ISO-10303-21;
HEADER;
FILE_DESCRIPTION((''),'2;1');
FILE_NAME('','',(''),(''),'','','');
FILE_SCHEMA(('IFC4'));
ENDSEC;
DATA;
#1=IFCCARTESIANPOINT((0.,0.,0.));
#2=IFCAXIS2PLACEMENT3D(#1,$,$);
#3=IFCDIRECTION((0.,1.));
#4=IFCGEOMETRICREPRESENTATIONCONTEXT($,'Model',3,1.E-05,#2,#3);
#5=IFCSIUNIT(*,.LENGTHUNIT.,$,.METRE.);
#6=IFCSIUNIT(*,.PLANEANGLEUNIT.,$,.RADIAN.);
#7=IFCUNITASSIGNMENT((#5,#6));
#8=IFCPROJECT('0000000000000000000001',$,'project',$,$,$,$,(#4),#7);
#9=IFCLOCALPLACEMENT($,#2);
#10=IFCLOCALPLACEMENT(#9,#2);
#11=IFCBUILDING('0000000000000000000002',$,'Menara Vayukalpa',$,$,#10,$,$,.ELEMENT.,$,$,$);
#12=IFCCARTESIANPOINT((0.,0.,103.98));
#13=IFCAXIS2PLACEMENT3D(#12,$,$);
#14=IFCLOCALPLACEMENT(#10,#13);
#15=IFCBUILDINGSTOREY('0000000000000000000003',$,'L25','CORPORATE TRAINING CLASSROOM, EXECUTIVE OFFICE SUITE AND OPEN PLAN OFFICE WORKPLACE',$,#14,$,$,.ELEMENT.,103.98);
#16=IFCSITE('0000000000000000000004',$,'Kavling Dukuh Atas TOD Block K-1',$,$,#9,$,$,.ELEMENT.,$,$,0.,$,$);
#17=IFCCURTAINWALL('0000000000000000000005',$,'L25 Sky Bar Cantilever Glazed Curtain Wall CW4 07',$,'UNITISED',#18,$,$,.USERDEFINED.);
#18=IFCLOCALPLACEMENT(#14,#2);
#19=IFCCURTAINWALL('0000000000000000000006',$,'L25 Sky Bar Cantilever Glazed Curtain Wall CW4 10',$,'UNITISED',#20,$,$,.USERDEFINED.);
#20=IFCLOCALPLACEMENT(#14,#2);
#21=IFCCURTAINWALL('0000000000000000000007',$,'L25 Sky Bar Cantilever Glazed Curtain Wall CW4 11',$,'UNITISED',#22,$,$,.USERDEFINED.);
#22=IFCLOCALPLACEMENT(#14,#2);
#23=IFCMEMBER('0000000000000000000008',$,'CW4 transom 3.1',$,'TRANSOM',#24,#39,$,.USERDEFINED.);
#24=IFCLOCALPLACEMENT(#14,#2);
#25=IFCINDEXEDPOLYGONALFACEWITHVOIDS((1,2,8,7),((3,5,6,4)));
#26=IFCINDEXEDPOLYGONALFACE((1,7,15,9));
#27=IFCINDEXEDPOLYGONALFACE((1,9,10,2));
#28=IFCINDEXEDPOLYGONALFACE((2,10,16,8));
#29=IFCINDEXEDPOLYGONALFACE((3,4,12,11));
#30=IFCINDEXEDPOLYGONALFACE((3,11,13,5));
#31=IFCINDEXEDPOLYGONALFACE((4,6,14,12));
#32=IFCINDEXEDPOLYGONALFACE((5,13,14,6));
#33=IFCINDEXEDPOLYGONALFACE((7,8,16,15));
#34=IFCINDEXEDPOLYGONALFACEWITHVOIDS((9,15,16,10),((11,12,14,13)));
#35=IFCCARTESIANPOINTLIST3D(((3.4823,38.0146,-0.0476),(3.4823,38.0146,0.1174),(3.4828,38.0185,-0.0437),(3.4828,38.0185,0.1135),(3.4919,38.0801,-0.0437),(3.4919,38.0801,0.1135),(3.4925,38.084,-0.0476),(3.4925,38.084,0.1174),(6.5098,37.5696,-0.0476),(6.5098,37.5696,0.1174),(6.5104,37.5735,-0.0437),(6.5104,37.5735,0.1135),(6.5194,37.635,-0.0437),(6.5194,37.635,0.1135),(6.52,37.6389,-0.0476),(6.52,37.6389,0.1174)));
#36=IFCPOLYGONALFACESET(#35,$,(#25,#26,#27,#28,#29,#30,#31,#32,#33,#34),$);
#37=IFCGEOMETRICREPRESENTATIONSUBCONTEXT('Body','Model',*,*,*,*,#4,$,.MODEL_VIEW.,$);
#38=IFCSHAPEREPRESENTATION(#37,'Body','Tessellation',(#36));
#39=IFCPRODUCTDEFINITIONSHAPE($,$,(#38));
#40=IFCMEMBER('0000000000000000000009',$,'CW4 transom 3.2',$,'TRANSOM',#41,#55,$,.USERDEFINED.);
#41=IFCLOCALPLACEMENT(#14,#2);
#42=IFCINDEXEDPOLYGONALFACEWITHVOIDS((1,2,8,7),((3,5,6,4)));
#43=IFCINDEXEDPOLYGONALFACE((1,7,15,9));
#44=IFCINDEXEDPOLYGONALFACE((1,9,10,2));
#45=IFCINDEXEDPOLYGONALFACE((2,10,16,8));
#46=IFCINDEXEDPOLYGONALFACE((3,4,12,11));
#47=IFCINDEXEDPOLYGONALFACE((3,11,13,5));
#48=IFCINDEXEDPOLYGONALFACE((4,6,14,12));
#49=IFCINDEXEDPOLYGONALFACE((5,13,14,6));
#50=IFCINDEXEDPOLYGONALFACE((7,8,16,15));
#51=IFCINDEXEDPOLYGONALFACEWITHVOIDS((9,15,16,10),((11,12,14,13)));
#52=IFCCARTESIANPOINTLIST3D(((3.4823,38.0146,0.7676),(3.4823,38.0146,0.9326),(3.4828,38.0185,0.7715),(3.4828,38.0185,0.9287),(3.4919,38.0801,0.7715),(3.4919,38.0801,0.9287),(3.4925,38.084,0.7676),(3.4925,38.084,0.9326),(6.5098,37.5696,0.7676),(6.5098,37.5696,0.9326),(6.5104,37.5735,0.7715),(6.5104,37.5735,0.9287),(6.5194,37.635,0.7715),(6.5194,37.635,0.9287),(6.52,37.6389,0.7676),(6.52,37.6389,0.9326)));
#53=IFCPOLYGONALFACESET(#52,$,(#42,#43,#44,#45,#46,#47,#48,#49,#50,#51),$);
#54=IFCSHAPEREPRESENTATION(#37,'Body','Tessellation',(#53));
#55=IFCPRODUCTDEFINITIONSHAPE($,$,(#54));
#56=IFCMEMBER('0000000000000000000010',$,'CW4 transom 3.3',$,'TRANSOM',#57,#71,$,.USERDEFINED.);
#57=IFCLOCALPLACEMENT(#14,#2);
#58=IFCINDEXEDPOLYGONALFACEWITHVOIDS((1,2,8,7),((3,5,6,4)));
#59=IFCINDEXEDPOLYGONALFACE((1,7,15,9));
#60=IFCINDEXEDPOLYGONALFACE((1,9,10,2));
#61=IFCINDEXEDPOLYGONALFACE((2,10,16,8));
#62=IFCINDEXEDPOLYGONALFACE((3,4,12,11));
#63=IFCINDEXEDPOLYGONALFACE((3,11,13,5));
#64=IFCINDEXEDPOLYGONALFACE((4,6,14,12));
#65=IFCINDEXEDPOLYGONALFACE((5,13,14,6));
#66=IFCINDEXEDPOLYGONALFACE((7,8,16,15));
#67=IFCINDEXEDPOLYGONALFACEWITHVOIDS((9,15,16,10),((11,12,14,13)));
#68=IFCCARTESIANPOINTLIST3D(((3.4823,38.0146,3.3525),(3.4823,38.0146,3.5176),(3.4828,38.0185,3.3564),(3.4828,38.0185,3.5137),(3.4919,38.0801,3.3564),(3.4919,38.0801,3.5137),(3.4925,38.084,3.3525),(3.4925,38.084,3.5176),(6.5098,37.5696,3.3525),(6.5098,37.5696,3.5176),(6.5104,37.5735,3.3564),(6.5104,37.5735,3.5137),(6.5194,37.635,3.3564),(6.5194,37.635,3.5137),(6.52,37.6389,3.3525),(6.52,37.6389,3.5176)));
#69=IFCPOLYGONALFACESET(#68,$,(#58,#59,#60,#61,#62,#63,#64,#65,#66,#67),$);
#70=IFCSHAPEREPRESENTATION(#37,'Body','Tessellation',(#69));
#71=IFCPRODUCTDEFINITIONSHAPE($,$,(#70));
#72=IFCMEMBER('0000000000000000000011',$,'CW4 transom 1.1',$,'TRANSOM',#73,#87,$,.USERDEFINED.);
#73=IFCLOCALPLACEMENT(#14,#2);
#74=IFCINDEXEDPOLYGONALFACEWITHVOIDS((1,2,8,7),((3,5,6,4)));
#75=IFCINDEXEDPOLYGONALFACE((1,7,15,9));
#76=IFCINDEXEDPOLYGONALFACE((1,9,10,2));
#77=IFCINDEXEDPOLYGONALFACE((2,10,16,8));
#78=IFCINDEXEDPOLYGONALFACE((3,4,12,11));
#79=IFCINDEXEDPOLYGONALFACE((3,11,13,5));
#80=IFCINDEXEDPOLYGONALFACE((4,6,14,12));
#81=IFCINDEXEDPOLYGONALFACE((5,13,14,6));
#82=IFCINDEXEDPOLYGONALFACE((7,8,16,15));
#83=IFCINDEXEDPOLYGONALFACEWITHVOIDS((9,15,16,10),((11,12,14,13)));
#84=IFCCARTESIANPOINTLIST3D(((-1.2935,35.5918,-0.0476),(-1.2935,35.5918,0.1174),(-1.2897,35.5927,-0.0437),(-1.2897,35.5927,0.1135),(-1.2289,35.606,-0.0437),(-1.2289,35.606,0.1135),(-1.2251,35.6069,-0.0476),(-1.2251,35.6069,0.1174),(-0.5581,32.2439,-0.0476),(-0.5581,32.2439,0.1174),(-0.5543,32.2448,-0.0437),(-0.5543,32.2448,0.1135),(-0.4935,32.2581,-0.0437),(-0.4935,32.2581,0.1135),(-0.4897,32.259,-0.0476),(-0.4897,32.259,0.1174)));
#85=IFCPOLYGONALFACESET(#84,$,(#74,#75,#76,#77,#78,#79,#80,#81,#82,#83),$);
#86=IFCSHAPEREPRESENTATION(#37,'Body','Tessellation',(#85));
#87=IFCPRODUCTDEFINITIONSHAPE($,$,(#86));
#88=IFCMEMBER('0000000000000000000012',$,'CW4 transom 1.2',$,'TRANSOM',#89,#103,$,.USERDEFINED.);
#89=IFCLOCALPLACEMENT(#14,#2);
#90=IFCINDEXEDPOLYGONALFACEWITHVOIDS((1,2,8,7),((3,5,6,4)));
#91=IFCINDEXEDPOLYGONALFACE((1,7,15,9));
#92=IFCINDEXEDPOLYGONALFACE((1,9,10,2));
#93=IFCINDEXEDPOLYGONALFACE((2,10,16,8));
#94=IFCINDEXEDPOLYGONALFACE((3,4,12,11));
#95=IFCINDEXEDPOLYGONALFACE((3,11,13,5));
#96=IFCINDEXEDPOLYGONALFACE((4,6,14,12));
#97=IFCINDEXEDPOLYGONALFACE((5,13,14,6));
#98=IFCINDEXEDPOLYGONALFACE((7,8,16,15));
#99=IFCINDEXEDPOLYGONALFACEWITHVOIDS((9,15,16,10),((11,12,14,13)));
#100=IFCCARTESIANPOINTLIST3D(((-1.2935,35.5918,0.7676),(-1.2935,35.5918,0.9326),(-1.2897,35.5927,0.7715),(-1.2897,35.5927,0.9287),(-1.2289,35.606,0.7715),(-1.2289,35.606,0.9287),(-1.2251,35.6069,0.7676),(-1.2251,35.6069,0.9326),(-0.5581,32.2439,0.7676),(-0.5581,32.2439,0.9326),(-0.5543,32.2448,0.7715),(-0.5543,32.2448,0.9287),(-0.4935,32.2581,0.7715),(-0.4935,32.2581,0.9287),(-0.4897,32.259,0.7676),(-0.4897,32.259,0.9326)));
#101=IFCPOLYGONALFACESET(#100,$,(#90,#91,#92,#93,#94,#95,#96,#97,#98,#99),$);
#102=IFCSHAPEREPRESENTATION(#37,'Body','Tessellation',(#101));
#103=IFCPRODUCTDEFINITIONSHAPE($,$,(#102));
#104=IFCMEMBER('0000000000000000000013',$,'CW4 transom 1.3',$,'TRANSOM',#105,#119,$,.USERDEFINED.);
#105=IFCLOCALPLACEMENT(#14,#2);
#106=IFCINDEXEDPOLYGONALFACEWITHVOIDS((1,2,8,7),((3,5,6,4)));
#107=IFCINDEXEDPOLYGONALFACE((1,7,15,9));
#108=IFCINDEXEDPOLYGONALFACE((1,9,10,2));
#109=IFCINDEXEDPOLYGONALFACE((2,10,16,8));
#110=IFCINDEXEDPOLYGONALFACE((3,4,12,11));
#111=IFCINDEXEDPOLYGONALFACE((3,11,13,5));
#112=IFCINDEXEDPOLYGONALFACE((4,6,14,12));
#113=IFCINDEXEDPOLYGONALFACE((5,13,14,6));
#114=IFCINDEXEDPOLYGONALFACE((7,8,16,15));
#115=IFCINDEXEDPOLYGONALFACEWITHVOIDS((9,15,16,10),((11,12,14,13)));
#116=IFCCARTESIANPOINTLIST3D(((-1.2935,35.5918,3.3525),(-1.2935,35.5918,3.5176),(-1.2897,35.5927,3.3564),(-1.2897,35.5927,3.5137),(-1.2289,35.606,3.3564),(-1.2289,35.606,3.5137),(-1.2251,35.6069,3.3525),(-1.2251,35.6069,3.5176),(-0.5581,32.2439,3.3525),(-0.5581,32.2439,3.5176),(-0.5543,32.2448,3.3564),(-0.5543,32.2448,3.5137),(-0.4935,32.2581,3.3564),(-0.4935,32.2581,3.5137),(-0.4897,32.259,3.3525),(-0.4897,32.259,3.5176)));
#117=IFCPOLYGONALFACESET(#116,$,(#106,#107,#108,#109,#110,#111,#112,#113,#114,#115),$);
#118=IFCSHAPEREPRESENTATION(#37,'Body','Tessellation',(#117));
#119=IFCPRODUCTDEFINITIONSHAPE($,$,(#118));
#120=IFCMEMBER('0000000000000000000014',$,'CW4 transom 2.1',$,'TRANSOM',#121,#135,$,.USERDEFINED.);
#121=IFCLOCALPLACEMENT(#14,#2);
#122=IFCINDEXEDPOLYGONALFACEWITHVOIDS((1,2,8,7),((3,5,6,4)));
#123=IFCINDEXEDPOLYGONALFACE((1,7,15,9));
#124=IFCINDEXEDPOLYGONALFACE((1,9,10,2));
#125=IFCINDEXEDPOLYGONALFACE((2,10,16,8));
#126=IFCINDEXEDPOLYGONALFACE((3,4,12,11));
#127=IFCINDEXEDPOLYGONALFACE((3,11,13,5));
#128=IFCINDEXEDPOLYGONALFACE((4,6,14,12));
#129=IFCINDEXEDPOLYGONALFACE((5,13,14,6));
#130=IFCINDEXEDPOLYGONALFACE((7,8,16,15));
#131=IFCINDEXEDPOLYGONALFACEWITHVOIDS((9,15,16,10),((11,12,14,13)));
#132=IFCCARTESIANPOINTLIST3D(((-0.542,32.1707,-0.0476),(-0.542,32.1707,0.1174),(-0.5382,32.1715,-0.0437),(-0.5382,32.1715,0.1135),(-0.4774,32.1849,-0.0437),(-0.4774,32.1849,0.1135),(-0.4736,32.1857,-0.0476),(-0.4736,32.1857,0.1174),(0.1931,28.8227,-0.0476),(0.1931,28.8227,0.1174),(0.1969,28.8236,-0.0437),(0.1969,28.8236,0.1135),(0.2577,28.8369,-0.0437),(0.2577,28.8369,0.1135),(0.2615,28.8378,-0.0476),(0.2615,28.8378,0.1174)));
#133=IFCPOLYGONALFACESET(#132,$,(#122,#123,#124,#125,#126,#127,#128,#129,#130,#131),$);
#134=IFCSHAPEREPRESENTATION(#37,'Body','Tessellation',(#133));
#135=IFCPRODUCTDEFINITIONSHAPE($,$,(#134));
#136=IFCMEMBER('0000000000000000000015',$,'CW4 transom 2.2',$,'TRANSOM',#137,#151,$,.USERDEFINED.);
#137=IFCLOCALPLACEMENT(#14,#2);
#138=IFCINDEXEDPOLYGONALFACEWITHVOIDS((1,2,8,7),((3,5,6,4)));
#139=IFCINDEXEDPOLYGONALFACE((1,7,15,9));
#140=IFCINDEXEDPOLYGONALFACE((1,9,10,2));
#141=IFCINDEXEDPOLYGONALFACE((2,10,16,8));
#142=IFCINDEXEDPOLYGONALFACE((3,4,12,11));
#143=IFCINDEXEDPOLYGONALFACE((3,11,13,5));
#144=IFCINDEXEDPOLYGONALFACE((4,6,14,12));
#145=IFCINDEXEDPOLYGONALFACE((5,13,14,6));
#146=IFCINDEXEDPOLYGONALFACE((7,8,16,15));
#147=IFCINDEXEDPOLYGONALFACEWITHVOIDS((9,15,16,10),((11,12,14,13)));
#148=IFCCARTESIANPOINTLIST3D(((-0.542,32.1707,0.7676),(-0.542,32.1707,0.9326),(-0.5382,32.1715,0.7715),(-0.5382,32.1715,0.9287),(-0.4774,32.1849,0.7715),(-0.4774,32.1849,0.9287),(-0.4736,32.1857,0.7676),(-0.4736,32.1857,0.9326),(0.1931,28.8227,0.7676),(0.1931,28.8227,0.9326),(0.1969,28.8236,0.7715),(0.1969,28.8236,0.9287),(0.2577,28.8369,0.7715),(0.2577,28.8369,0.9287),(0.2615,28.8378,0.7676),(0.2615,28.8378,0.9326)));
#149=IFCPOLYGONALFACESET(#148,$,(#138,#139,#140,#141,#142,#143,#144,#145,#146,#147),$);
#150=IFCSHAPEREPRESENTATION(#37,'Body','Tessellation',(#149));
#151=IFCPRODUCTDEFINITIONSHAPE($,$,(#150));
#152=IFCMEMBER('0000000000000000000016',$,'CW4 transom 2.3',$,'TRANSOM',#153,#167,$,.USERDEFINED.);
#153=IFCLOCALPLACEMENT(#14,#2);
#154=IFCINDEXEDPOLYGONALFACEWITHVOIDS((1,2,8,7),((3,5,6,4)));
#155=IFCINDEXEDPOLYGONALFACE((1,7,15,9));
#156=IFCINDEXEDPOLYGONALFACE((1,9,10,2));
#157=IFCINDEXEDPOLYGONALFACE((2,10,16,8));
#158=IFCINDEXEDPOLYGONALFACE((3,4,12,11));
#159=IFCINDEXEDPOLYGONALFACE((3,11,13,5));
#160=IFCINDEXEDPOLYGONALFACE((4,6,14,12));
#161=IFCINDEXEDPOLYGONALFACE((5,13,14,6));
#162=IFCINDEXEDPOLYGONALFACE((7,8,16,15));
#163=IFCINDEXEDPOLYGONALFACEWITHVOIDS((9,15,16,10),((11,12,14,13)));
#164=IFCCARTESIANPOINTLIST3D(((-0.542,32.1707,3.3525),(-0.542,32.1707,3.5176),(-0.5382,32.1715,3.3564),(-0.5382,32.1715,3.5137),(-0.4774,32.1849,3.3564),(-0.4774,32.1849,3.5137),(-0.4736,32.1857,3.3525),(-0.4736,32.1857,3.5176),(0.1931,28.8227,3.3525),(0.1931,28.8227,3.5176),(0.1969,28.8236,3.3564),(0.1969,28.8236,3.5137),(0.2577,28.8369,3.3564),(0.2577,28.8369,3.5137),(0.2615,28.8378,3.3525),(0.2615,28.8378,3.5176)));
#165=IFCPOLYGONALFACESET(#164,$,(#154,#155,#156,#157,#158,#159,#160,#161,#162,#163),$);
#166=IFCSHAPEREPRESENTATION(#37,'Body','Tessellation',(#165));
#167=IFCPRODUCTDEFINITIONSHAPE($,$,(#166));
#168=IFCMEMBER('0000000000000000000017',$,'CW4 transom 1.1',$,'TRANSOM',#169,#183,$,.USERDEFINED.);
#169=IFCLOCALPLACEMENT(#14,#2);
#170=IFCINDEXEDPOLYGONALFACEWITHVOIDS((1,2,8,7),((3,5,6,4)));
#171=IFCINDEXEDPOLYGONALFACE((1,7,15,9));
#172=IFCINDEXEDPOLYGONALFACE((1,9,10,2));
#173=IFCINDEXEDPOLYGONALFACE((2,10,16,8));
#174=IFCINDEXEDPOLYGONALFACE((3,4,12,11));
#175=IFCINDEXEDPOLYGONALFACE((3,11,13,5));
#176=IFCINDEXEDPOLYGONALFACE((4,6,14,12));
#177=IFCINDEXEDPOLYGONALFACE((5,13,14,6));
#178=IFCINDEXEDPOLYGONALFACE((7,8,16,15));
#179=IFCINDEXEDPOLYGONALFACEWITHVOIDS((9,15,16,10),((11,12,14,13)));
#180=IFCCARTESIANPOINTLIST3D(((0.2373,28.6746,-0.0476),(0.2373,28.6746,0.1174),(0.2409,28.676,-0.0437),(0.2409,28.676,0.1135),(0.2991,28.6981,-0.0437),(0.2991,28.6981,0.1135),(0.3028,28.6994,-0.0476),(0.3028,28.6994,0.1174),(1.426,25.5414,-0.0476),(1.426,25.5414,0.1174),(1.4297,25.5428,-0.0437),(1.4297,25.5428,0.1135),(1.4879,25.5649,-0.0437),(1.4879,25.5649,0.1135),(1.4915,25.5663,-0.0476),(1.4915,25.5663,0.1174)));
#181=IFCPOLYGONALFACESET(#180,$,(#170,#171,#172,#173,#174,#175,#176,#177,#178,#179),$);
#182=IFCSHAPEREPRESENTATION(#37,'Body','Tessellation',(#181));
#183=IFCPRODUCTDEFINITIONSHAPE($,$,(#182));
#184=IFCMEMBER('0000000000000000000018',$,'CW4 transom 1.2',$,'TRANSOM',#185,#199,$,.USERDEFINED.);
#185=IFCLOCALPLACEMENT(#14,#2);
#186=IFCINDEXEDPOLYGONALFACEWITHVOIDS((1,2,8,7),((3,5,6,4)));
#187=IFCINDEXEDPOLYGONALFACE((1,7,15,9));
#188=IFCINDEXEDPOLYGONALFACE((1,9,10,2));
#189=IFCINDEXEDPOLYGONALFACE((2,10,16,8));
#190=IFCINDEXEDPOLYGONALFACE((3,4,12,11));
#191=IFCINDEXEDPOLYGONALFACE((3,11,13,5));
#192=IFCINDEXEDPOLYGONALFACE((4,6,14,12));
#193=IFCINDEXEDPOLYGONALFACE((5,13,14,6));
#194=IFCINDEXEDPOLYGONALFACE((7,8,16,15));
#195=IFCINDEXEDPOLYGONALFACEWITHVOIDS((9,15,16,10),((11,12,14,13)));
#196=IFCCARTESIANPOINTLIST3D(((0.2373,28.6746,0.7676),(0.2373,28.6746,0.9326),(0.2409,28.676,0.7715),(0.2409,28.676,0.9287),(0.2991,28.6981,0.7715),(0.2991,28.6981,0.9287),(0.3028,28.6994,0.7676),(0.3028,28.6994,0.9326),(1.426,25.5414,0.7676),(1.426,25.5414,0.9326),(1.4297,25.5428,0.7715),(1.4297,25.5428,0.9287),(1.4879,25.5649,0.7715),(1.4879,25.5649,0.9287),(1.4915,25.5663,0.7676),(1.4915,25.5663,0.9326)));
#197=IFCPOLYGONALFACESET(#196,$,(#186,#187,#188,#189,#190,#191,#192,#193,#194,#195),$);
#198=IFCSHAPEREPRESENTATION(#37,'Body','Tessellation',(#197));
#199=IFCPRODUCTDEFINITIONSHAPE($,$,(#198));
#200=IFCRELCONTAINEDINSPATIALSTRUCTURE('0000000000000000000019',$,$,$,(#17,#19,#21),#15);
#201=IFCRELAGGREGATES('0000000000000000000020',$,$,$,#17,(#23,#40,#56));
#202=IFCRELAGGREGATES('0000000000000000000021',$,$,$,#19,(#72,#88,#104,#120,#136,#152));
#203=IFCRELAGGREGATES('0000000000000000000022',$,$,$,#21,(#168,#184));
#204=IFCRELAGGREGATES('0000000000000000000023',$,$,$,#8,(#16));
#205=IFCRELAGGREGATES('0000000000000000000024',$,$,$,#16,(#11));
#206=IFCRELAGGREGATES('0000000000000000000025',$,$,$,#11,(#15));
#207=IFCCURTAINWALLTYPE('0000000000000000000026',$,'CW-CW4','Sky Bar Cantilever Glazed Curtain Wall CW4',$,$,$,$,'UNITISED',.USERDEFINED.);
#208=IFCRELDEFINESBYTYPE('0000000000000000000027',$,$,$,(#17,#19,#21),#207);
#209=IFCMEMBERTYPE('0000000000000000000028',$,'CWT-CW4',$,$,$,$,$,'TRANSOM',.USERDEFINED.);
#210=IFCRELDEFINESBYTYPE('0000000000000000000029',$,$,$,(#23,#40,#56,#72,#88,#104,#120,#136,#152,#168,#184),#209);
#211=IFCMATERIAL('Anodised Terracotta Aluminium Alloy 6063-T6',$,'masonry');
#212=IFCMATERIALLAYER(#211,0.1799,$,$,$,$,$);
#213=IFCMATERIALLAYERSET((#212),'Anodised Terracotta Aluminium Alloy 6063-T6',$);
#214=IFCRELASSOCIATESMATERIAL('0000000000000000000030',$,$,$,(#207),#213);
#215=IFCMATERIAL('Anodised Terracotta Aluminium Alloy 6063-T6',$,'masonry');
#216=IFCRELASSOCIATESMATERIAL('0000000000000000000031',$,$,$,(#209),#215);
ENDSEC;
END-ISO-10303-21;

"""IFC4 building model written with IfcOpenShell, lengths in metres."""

from ifc_helpers import new_model, si_unit, direction, frame, origin, origin_2d, place, context, subcontext, project, spatial, hollow_rectangle, extrude, material, layer, layer_set, material_profile, profile_set, type_object, element, aggregate, save


model = new_model("IFC4")

# Units and contexts
model_context = context("Model", 3, precision=1e-05, world=origin(), true_north=direction((0.0, 1.0)))
body_context = subcontext(model_context, "Body", "Model", "MODEL_VIEW")
ifc_project = project(units=[si_unit("LENGTHUNIT", "METRE"), si_unit("PLANEANGLEUNIT", "RADIAN")], contexts=[model_context])

# Site, building, storey
site_placement = place(None, origin())
site = spatial("IfcSite", under=ifc_project, at=site_placement, Name="Kavling Dukuh Atas TOD Block K-1", CompositionType="ELEMENT", RefElevation=0.0)
building_placement = place(site_placement, origin())
building = spatial("IfcBuilding", under=site, at=building_placement, Name="Menara Vayukalpa", CompositionType="ELEMENT")
storey_placement = place(building_placement, frame((0.0, 0.0, 103.98)))
storey = spatial("IfcBuildingStorey", under=building, at=storey_placement, Name="L25", Description="CORPORATE TRAINING CLASSROOM, EXECUTIVE OFFICE SUITE AND OPEN PLAN OFFICE WORKPLACE", CompositionType="ELEMENT", Elevation=103.98)

# Curtain walls
ifc_material_1 = material(Name="Anodised Terracotta Aluminium Alloy 6063-T6", Category="masonry")
ifc_layer_1 = layer(ifc_material_1, 0.1799)
ifc_layer_set_1 = layer_set([ifc_layer_1], Name="Anodised Terracotta Aluminium Alloy 6063-T6")
curtain_wall_type = type_object("IfcCurtainWallType", Name="CW-CW4", Description="Sky Bar Cantilever Glazed Curtain Wall CW4", ElementType="UNITISED", PredefinedType="USERDEFINED", material=ifc_layer_set_1)
curtain_wall_1_placement = place(storey_placement, origin())
curtain_wall_1 = element("IfcCurtainWall", 1, at=curtain_wall_1_placement, inside=storey, type_object=curtain_wall_type, Name="L25 Sky Bar Cantilever Glazed Curtain Wall CW4 07", ObjectType="UNITISED", PredefinedType="USERDEFINED")
curtain_wall_2_placement = place(storey_placement, origin())
curtain_wall_2 = element("IfcCurtainWall", 2, at=curtain_wall_2_placement, inside=storey, type_object=curtain_wall_type, Name="L25 Sky Bar Cantilever Glazed Curtain Wall CW4 10", ObjectType="UNITISED", PredefinedType="USERDEFINED")
curtain_wall_3_placement = place(storey_placement, origin())
curtain_wall_3 = element("IfcCurtainWall", 3, at=curtain_wall_3_placement, inside=storey, type_object=curtain_wall_type, Name="L25 Sky Bar Cantilever Glazed Curtain Wall CW4 11", ObjectType="UNITISED", PredefinedType="USERDEFINED")

# Members
ifc_material_2 = material(Name="Anodised Terracotta Aluminium Alloy 6063-T6", Category="masonry")
ifc_material_profile_1 = material_profile(ifc_material_2, hollow_rectangle(XDim=0.0701, YDim=0.165, WallThickness=0.0039, at=origin_2d()), Name="ALU 70x165x4")
ifc_profile_set_1 = profile_set([ifc_material_profile_1], Name="Anodised Terracotta Aluminium Alloy 6063-T6")
member_type_1 = type_object("IfcMemberType", Name="CWT-CW4", ElementType="TRANSOM", PredefinedType="USERDEFINED", material=ifc_profile_set_1)
member_1_placement = place(storey_placement, frame((6.5149, 37.6042, 0.0349), z_axis=(-0.989367, 0.145441, 0.0), x_axis=(-0.145441, -0.989367, 0.0)))
member_1 = element("IfcMember", 4, at=member_1_placement, type_object=member_type_1, Name="CW4 transom 3.1", ObjectType="TRANSOM", PredefinedType="USERDEFINED", context=body_context, shape_type="SweptSolid", body=[
    extrude(hollow_rectangle(XDim=0.0701, YDim=0.165, WallThickness=0.0039, at=origin_2d()), origin(), (0.0, 0.0, 1.0), 3.0601),
])
member_2_placement = place(storey_placement, frame((6.5149, 37.6042, 0.8501), z_axis=(-0.989367, 0.145441, 0.0), x_axis=(-0.145441, -0.989367, 0.0)))
member_2 = element("IfcMember", 5, at=member_2_placement, type_object=member_type_1, Name="CW4 transom 3.2", ObjectType="TRANSOM", PredefinedType="USERDEFINED", context=body_context, shape_type="SweptSolid", body=[
    extrude(hollow_rectangle(XDim=0.0701, YDim=0.165, WallThickness=0.0039, at=origin_2d()), origin(), (0.0, 0.0, 1.0), 3.0601),
])
member_3_placement = place(storey_placement, frame((6.5149, 37.6042, 3.4351), z_axis=(-0.989367, 0.145441, 0.0), x_axis=(-0.145441, -0.989367, 0.0)))
member_3 = element("IfcMember", 6, at=member_3_placement, type_object=member_type_1, Name="CW4 transom 3.3", ObjectType="TRANSOM", PredefinedType="USERDEFINED", context=body_context, shape_type="SweptSolid", body=[
    extrude(hollow_rectangle(XDim=0.0701, YDim=0.165, WallThickness=0.0039, at=origin_2d()), origin(), (0.0, 0.0, 1.0), 3.0601),
])
member_4_placement = place(storey_placement, frame((-1.2593, 35.5994, 0.0349), z_axis=(0.214532, -0.976717, 0.0), x_axis=(0.976717, 0.214532, 0.0)))
member_4 = element("IfcMember", 7, at=member_4_placement, type_object=member_type_1, Name="CW4 transom 1.1", ObjectType="TRANSOM", PredefinedType="USERDEFINED", context=body_context, shape_type="SweptSolid", body=[
    extrude(hollow_rectangle(XDim=0.0701, YDim=0.165, WallThickness=0.0039, at=origin_2d()), origin(), (0.0, 0.0, 1.0), 3.4277),
])
member_5_placement = place(storey_placement, frame((-1.2593, 35.5994, 0.8501), z_axis=(0.214532, -0.976717, 0.0), x_axis=(0.976717, 0.214532, 0.0)))
member_5 = element("IfcMember", 8, at=member_5_placement, type_object=member_type_1, Name="CW4 transom 1.2", ObjectType="TRANSOM", PredefinedType="USERDEFINED", context=body_context, shape_type="SweptSolid", body=[
    extrude(hollow_rectangle(XDim=0.0701, YDim=0.165, WallThickness=0.0039, at=origin_2d()), origin(), (0.0, 0.0, 1.0), 3.4277),
])
member_6_placement = place(storey_placement, frame((-1.2593, 35.5994, 3.4351), z_axis=(0.214532, -0.976717, 0.0), x_axis=(0.976717, 0.214532, 0.0)))
member_6 = element("IfcMember", 9, at=member_6_placement, type_object=member_type_1, Name="CW4 transom 1.3", ObjectType="TRANSOM", PredefinedType="USERDEFINED", context=body_context, shape_type="SweptSolid", body=[
    extrude(hollow_rectangle(XDim=0.0701, YDim=0.165, WallThickness=0.0039, at=origin_2d()), origin(), (0.0, 0.0, 1.0), 3.4277),
])
member_7_placement = place(storey_placement, frame((-0.5078, 32.1782, 0.0349), z_axis=(0.214464, -0.976732, 0.0), x_axis=(0.976732, 0.214464, 0.0)))
member_7 = element("IfcMember", 10, at=member_7_placement, type_object=member_type_1, Name="CW4 transom 2.1", ObjectType="TRANSOM", PredefinedType="USERDEFINED", context=body_context, shape_type="SweptSolid", body=[
    extrude(hollow_rectangle(XDim=0.0701, YDim=0.165, WallThickness=0.0039, at=origin_2d()), origin(), (0.0, 0.0, 1.0), 3.4277),
])
member_8_placement = place(storey_placement, frame((-0.5078, 32.1782, 0.8501), z_axis=(0.214464, -0.976732, 0.0), x_axis=(0.976732, 0.214464, 0.0)))
member_8 = element("IfcMember", 11, at=member_8_placement, type_object=member_type_1, Name="CW4 transom 2.2", ObjectType="TRANSOM", PredefinedType="USERDEFINED", context=body_context, shape_type="SweptSolid", body=[
    extrude(hollow_rectangle(XDim=0.0701, YDim=0.165, WallThickness=0.0039, at=origin_2d()), origin(), (0.0, 0.0, 1.0), 3.4277),
])
member_9_placement = place(storey_placement, frame((-0.5078, 32.1782, 3.4351), z_axis=(0.214464, -0.976732, 0.0), x_axis=(0.976732, 0.214464, 0.0)))
member_9 = element("IfcMember", 12, at=member_9_placement, type_object=member_type_1, Name="CW4 transom 2.3", ObjectType="TRANSOM", PredefinedType="USERDEFINED", context=body_context, shape_type="SweptSolid", body=[
    extrude(hollow_rectangle(XDim=0.0701, YDim=0.165, WallThickness=0.0039, at=origin_2d()), origin(), (0.0, 0.0, 1.0), 3.4277),
])
member_10_placement = place(storey_placement, frame((0.27, 28.687, 0.0349), z_axis=(0.354738, -0.934966, 0.0), x_axis=(0.934966, 0.354738, 0.0)))
member_10 = element("IfcMember", 13, at=member_10_placement, type_object=member_type_1, Name="CW4 transom 1.1", ObjectType="TRANSOM", PredefinedType="USERDEFINED", context=body_context, shape_type="SweptSolid", body=[
    extrude(hollow_rectangle(XDim=0.0701, YDim=0.165, WallThickness=0.0039, at=origin_2d()), origin(), (0.0, 0.0, 1.0), 3.3511),
])
member_11_placement = place(storey_placement, frame((0.27, 28.687, 0.8501), z_axis=(0.354738, -0.934966, 0.0), x_axis=(0.934966, 0.354738, 0.0)))
member_11 = element("IfcMember", 14, at=member_11_placement, type_object=member_type_1, Name="CW4 transom 1.2", ObjectType="TRANSOM", PredefinedType="USERDEFINED", context=body_context, shape_type="SweptSolid", body=[
    extrude(hollow_rectangle(XDim=0.0701, YDim=0.165, WallThickness=0.0039, at=origin_2d()), origin(), (0.0, 0.0, 1.0), 3.3511),
])

aggregate(curtain_wall_1, [member_1, member_2, member_3])
aggregate(curtain_wall_2, [member_4, member_5, member_6, member_7, member_8, member_9])
aggregate(curtain_wall_3, [member_10, member_11])

save(model, "model.ifc")
